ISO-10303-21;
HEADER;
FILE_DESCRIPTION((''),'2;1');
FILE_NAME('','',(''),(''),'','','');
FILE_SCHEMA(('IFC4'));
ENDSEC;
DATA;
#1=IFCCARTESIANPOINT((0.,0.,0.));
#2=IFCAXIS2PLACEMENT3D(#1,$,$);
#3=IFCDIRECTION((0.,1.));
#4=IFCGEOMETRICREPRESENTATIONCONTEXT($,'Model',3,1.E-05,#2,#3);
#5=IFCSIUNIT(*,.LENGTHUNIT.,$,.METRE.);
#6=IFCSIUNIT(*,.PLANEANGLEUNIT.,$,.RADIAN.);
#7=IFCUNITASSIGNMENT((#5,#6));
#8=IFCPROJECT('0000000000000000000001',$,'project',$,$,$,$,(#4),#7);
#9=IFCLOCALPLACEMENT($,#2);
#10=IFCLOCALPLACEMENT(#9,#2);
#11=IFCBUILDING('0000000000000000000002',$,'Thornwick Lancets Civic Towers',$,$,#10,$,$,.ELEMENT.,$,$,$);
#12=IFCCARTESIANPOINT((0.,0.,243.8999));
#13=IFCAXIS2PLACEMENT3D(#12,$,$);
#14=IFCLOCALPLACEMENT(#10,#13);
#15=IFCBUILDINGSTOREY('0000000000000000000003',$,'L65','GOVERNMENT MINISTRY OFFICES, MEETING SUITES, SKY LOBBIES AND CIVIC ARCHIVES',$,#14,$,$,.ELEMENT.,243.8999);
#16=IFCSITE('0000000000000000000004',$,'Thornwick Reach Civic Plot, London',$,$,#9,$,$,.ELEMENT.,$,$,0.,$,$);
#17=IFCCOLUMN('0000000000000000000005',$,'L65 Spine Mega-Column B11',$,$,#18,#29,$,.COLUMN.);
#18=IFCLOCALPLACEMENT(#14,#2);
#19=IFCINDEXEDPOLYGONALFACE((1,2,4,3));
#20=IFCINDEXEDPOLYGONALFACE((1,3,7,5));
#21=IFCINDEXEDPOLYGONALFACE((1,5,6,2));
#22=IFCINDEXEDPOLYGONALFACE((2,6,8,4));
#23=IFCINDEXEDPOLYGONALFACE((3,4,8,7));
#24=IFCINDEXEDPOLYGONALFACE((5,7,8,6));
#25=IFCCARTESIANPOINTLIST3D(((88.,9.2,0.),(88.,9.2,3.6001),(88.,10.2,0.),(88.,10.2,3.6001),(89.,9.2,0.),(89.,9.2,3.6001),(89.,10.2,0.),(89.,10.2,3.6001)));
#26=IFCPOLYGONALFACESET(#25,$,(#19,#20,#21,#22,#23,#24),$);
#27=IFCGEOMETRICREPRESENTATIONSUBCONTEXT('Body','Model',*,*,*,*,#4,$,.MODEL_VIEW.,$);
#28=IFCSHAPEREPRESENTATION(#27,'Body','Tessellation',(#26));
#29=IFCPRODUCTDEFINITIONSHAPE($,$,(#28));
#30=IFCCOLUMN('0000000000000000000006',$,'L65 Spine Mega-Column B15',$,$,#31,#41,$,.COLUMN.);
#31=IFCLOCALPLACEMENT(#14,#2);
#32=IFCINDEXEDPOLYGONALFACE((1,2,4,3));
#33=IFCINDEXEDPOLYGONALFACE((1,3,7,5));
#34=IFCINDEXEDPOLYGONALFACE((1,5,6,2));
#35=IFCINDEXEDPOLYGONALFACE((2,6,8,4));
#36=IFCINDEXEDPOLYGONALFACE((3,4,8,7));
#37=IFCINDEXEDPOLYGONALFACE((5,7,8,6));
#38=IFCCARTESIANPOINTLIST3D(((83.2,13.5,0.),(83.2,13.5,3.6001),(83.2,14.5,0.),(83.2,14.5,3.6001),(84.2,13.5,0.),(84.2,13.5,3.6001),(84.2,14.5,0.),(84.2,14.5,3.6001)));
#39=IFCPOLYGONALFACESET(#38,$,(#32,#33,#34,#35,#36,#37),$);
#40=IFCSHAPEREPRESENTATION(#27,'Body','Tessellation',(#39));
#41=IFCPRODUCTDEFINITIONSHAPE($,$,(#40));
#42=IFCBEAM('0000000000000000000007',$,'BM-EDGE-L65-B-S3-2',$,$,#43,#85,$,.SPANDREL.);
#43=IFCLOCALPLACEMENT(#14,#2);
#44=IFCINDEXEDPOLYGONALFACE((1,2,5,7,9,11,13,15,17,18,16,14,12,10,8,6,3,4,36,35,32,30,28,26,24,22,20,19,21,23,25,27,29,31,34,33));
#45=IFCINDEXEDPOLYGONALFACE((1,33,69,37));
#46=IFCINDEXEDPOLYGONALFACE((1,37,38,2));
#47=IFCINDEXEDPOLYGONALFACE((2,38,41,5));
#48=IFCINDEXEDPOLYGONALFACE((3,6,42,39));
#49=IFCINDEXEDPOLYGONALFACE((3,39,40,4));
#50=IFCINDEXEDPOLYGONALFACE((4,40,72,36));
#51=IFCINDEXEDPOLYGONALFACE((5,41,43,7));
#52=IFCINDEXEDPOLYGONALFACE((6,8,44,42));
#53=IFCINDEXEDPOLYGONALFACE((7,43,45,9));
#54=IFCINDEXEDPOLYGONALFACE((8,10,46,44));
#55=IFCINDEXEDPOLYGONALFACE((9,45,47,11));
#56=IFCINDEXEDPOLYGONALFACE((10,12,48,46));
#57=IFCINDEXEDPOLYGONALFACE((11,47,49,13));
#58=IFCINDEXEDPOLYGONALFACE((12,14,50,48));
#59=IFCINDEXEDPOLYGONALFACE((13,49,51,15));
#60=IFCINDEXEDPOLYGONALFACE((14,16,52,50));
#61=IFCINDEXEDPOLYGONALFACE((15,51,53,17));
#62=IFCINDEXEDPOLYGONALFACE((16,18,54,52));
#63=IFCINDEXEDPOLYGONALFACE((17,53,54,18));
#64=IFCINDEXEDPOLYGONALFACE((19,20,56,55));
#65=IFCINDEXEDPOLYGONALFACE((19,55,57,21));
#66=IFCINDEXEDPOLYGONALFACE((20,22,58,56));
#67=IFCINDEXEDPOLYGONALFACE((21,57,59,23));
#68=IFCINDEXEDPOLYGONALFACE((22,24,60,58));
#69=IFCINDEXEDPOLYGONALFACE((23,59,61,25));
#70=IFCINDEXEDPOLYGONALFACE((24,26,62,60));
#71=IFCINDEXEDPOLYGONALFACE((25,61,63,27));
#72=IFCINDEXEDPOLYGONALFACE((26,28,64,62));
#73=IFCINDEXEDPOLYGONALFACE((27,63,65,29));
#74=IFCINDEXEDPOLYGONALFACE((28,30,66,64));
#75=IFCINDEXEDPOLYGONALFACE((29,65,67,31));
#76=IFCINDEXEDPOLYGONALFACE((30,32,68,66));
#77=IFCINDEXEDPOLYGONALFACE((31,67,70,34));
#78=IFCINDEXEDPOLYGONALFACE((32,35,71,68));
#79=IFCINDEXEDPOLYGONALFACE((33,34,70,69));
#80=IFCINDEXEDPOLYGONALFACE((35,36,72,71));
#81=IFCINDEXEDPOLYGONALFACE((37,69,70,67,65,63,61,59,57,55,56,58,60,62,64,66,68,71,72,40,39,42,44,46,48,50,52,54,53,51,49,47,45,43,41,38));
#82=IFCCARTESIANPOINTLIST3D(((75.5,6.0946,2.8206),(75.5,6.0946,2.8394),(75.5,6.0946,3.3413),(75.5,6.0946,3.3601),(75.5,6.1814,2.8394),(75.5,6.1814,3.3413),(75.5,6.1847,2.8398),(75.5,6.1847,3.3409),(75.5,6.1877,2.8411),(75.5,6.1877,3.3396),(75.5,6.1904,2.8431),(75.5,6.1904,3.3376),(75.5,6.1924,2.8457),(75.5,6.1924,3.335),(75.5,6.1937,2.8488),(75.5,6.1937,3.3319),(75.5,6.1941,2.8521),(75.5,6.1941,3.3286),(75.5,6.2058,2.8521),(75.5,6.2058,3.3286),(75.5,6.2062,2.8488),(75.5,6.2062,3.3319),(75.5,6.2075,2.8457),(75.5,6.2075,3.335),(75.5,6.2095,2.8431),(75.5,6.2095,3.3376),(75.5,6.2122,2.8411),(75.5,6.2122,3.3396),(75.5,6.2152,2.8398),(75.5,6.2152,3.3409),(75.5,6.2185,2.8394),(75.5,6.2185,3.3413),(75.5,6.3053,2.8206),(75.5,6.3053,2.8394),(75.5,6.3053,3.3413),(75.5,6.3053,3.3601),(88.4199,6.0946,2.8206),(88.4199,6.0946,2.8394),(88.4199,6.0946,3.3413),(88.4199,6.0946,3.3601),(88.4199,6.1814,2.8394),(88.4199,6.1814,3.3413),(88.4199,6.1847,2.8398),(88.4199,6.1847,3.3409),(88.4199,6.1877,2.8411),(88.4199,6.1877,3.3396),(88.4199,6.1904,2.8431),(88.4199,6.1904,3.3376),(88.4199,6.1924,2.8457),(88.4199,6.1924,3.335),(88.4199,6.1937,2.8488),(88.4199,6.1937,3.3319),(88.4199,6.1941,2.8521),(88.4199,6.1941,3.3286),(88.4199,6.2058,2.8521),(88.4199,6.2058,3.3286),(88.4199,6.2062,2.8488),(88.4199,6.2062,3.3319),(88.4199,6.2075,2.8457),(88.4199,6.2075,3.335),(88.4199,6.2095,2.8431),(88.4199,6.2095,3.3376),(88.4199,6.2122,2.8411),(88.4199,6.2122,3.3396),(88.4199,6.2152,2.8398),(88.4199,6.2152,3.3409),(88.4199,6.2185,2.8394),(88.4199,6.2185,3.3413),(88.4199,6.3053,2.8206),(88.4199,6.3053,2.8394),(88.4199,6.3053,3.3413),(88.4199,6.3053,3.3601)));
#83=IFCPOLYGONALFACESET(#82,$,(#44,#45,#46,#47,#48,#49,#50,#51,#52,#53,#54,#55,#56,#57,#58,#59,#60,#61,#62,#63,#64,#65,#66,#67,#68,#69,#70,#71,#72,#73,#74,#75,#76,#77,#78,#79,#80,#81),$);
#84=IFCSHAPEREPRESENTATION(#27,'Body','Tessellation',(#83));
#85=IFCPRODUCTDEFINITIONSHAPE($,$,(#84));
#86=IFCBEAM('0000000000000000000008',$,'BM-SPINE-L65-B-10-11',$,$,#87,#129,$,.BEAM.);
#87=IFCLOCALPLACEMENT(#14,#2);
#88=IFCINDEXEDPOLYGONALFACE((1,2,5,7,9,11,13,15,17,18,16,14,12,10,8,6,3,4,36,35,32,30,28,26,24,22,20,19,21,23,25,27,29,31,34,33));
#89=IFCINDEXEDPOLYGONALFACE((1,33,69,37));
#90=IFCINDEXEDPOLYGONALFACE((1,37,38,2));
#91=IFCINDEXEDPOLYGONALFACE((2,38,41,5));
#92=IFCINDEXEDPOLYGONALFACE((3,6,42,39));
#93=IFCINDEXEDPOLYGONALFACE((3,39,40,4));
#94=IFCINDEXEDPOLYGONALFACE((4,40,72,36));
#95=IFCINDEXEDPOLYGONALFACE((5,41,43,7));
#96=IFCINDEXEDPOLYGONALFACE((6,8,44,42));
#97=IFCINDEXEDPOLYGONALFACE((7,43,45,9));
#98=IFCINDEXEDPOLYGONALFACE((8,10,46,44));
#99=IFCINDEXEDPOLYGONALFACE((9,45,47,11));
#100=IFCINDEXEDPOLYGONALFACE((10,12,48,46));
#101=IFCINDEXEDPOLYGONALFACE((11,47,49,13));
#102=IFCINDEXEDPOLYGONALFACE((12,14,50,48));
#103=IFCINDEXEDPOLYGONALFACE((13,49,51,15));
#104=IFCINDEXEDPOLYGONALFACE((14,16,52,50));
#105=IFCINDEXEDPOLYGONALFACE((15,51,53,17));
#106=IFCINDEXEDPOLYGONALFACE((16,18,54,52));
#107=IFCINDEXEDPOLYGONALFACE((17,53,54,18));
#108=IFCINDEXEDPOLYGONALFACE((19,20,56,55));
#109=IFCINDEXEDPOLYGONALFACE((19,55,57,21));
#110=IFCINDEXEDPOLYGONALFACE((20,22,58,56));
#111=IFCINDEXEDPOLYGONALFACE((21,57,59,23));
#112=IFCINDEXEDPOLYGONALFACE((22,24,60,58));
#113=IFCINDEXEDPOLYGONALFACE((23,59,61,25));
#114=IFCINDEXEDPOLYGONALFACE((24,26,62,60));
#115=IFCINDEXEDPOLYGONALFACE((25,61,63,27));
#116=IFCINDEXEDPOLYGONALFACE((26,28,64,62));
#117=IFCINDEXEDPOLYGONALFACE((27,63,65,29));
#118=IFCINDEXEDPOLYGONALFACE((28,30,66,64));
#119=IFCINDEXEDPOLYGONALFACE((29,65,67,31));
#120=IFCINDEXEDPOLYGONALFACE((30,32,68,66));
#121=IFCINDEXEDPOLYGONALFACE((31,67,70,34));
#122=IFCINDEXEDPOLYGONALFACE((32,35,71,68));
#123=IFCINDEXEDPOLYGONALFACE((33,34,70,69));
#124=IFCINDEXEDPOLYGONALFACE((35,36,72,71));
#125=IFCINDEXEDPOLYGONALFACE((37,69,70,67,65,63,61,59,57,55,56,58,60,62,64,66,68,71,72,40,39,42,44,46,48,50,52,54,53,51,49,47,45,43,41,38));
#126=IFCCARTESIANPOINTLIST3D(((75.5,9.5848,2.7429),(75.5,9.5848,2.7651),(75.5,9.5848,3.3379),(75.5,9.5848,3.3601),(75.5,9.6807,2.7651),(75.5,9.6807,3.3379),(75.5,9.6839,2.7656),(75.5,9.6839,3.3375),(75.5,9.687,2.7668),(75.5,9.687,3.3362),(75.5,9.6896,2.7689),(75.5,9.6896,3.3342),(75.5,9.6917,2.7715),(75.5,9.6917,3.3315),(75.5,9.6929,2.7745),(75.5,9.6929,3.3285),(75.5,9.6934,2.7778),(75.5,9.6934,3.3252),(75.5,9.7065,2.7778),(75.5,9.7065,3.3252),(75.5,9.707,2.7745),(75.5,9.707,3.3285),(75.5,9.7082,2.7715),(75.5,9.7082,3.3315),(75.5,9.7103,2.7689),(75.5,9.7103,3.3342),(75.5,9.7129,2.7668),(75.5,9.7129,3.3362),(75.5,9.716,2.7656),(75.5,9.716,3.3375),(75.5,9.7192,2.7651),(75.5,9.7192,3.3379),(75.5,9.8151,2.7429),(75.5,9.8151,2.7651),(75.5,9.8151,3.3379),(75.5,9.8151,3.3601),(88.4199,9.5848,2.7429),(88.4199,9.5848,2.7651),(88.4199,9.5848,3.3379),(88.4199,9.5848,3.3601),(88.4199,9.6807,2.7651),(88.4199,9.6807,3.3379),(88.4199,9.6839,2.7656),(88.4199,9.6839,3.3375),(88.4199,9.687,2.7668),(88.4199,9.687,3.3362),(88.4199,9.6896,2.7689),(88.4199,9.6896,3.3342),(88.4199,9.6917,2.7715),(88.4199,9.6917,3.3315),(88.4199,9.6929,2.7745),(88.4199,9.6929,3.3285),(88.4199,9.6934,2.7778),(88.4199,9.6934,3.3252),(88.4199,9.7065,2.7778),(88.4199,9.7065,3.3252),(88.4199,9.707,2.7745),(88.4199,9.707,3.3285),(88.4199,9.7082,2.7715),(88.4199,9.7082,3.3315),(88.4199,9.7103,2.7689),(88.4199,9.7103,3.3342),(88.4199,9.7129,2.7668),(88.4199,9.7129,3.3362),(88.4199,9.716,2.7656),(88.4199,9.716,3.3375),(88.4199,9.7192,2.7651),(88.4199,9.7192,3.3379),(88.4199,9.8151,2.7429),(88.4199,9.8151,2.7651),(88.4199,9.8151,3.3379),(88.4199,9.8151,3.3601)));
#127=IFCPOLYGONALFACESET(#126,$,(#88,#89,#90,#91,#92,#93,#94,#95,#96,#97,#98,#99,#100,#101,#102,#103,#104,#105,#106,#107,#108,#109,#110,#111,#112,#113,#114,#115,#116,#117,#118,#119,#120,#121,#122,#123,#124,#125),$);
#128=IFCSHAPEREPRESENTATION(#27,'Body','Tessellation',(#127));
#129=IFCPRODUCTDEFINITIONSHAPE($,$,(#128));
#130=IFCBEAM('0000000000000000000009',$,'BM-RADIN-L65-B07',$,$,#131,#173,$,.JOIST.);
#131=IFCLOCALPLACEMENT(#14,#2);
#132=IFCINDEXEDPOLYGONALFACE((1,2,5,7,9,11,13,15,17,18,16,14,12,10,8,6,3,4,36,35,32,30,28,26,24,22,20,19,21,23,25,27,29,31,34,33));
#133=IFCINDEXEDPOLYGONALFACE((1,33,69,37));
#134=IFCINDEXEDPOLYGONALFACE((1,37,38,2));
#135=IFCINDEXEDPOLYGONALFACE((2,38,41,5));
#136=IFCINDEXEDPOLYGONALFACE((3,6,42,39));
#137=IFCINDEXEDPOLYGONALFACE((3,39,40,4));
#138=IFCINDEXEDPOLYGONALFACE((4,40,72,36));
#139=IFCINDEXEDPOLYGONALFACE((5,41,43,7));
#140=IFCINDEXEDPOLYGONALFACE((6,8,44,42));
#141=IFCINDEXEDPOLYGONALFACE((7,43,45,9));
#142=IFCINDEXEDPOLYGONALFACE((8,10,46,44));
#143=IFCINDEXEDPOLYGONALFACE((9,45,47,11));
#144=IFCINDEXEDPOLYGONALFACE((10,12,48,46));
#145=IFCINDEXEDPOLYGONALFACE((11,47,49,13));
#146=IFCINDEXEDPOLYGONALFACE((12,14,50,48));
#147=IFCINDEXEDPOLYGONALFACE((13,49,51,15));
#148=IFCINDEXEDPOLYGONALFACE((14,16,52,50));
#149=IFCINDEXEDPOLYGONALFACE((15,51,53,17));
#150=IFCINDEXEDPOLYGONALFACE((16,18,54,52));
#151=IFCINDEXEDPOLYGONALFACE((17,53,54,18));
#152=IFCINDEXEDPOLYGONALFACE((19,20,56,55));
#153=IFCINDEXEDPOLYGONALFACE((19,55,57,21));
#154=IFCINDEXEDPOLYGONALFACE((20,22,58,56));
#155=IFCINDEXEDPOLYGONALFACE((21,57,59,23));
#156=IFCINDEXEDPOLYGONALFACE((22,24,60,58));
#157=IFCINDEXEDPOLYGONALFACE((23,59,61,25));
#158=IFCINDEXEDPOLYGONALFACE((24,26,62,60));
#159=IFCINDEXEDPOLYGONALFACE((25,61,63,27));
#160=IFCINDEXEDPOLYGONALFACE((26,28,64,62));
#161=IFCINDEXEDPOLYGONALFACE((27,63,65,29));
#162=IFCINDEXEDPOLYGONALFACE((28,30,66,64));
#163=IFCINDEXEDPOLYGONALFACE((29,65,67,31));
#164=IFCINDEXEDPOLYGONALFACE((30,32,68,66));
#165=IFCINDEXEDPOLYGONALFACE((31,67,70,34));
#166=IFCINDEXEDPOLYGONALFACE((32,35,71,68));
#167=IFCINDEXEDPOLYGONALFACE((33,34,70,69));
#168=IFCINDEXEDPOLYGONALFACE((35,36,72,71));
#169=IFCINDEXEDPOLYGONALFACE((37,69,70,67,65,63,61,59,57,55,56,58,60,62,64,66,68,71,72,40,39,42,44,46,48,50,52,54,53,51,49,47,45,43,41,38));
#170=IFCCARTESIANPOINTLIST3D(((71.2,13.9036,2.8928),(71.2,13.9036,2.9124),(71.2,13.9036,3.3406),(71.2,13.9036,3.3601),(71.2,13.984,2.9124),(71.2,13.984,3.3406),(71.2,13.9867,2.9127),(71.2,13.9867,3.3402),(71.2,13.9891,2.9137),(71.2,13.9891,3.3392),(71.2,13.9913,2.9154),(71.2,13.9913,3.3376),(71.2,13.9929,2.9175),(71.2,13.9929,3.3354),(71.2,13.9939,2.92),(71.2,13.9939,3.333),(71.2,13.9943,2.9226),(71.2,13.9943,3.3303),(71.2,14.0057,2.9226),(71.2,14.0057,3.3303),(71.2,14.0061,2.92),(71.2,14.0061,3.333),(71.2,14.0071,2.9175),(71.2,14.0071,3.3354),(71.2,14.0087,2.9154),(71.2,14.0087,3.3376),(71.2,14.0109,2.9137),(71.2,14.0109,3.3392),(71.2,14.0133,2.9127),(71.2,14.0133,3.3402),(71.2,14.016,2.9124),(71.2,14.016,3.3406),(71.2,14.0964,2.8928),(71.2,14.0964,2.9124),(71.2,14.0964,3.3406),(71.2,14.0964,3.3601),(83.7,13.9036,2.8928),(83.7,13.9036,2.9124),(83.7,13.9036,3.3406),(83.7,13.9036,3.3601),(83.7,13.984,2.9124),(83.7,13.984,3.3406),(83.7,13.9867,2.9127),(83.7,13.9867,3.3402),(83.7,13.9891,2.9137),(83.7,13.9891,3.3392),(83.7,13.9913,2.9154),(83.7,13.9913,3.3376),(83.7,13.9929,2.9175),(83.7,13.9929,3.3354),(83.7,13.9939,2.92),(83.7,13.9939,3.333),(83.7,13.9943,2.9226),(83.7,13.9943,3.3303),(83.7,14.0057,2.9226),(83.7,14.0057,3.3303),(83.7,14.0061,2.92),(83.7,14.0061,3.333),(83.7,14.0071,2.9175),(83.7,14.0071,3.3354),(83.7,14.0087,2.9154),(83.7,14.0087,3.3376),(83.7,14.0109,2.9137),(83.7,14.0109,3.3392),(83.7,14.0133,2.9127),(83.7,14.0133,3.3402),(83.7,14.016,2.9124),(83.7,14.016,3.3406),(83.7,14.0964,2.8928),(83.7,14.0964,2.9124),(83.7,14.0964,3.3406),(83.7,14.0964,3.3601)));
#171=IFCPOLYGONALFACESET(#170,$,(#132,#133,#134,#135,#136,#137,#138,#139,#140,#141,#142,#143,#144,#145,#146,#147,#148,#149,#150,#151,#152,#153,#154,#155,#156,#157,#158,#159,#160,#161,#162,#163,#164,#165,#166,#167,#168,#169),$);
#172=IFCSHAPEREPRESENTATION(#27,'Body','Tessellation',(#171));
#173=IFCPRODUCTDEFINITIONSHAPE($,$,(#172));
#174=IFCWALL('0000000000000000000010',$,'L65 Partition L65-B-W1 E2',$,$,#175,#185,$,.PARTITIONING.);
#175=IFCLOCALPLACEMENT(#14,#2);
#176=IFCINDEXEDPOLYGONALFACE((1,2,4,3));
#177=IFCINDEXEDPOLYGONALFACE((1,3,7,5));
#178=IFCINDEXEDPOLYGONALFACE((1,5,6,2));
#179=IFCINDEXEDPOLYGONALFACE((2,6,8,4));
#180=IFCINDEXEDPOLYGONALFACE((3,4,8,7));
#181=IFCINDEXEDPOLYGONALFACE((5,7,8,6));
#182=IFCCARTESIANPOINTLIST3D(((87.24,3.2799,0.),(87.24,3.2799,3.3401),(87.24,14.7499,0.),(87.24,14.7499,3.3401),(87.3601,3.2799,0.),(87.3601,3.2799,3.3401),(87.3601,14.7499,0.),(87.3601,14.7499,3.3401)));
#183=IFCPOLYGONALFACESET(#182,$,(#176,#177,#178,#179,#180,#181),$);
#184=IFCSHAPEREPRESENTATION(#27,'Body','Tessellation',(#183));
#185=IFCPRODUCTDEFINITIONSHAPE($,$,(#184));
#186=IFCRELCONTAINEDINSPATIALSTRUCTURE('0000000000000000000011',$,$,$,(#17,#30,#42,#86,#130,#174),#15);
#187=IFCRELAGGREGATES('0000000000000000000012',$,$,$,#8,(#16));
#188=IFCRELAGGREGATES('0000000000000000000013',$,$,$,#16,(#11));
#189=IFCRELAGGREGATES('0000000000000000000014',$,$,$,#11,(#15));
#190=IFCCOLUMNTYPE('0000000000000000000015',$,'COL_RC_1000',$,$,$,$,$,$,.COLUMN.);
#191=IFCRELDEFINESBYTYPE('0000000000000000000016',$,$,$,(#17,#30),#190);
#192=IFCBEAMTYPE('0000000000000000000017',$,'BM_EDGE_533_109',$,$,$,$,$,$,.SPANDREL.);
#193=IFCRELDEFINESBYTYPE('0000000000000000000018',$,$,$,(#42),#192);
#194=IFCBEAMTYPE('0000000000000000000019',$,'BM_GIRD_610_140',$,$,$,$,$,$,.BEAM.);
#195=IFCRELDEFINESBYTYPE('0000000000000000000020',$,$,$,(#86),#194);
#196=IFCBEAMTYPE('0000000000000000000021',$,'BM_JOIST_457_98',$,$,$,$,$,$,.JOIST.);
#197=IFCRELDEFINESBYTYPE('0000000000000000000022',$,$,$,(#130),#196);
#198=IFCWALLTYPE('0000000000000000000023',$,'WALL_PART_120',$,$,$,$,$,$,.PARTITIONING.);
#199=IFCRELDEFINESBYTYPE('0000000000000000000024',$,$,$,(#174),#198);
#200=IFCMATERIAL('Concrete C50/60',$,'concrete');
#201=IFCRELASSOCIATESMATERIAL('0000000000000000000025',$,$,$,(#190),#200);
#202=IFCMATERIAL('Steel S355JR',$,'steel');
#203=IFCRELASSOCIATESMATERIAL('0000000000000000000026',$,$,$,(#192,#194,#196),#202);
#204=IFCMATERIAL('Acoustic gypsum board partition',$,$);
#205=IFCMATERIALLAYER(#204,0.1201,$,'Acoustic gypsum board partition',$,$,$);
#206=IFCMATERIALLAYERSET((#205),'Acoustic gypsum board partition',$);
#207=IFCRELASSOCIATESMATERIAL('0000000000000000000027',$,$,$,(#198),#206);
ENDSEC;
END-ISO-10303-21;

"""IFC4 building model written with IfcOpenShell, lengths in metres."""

from ifc_helpers import new_model, si_unit, direction, frame, frame_2d, origin, origin_2d, place, context, subcontext, project, spatial, rectangle, i_section, extrude, material, layer, layer_set, material_profile, profile_set, type_object, element, save


model = new_model("IFC4")

# Units and contexts
model_context = context("Model", 3, precision=1e-05, world=origin(), true_north=direction((0.0, 1.0)))
body_context = subcontext(model_context, "Body", "Model", "MODEL_VIEW")
ifc_project = project(units=[si_unit("LENGTHUNIT", "METRE"), si_unit("PLANEANGLEUNIT", "RADIAN")], contexts=[model_context])

# Site, building, storey
site_placement = place(None, origin())
site = spatial("IfcSite", under=ifc_project, at=site_placement, Name="Thornwick Reach Civic Plot, London", CompositionType="ELEMENT", RefElevation=0.0)
building_placement = place(site_placement, origin())
building = spatial("IfcBuilding", under=site, at=building_placement, Name="Thornwick Lancets Civic Towers", CompositionType="ELEMENT")
storey_placement = place(building_placement, frame((0.0, 0.0, 243.8999)))
storey = spatial("IfcBuildingStorey", under=building, at=storey_placement, Name="L65", Description="GOVERNMENT MINISTRY OFFICES, MEETING SUITES, SKY LOBBIES AND CIVIC ARCHIVES", CompositionType="ELEMENT", Elevation=243.8999)

# Columns
ifc_material_1 = material(Name="Concrete C50/60", Category="concrete")
ifc_material_profile_1 = material_profile(ifc_material_1, rectangle(XDim=1.0, YDim=1.0, at=origin_2d()), Name="RC 1000x1000")
ifc_profile_set_1 = profile_set([ifc_material_profile_1], Name="Concrete C50/60")
column_type = type_object("IfcColumnType", Name="COL_RC_1000", PredefinedType="COLUMN", material=ifc_profile_set_1)
for number, where, z_axis, x_axis, name in (
    (1, (88.5, 9.7, 0.0), (0.0, 0.0, 1.0), (1.0, 0.0, 0.0), "L65 Spine Mega-Column B11"),
    (2, (83.7, 14.0, 0.0), (0.0, 0.0, 1.0), (1.0, 0.0, 0.0), "L65 Spine Mega-Column B15"),
):
    element("IfcColumn", number, at=place(storey_placement, frame(where, z_axis=z_axis, x_axis=x_axis)), inside=storey, type_object=column_type, Name=name, PredefinedType="COLUMN", context=body_context, shape_type="SweptSolid", body=[
        extrude(rectangle(XDim=1.0, YDim=1.0, at=origin_2d()), origin(), (0.0, 0.0, 1.0), 3.6001),
    ])

# Beams
ifc_material_2 = material(Name="Steel S355JR", Category="steel")
ifc_material_profile_2 = material_profile(ifc_material_2, i_section(OverallWidth=0.2107, OverallDepth=0.5396, WebThickness=0.0117, FlangeThickness=0.0188, FilletRadius=0.0127, at=origin_2d()), Name="UKB 533x210x109")
ifc_profile_set_2 = profile_set([ifc_material_profile_2], Name="Steel S355JR")
beam_type_1 = type_object("IfcBeamType", Name="BM_EDGE_533_109", PredefinedType="SPANDREL", material=ifc_profile_set_2)
beam_1_placement = place(storey_placement, frame((88.4199, 6.2, 3.0903), z_axis=(-1.0, 0.0, 0.0), x_axis=(0.0, -1.0, 0.0)))
element("IfcBeam", 3, at=beam_1_placement, inside=storey, type_object=beam_type_1, Name="BM-EDGE-L65-B-S3-2", PredefinedType="SPANDREL", context=body_context, shape_type="SweptSolid", body=[
    extrude(i_section(OverallWidth=0.2107, OverallDepth=0.5396, WebThickness=0.0117, FlangeThickness=0.0188, FilletRadius=0.0127, at=origin_2d()), origin(), (0.0, 0.0, 1.0), 12.9199),
])
ifc_material_profile_3 = material_profile(ifc_material_2, i_section(OverallWidth=0.2302, OverallDepth=0.6172, WebThickness=0.0132, FlangeThickness=0.0222, FilletRadius=0.0127, at=origin_2d()), Name="UKB 610x229x140")
ifc_profile_set_3 = profile_set([ifc_material_profile_3], Name="Steel S355JR")
beam_type_2 = type_object("IfcBeamType", Name="BM_GIRD_610_140", PredefinedType="BEAM", material=ifc_profile_set_3)
beam_2_placement = place(storey_placement, frame((88.4199, 9.7, 3.0515), z_axis=(-1.0, 0.0, 0.0), x_axis=(0.0, -1.0, 0.0)))
element("IfcBeam", 4, at=beam_2_placement, inside=storey, type_object=beam_type_2, Name="BM-SPINE-L65-B-10-11", PredefinedType="BEAM", context=body_context, shape_type="SweptSolid", body=[
    extrude(i_section(OverallWidth=0.2302, OverallDepth=0.6172, WebThickness=0.0132, FlangeThickness=0.0222, FilletRadius=0.0127, at=origin_2d()), origin(), (0.0, 0.0, 1.0), 12.9199),
])
ifc_material_profile_4 = material_profile(ifc_material_2, i_section(OverallWidth=0.1929, OverallDepth=0.4673, WebThickness=0.0115, FlangeThickness=0.0195, FilletRadius=0.0103, at=origin_2d()), Name="UKB 457x191x98")
ifc_profile_set_4 = profile_set([ifc_material_profile_4], Name="Steel S355JR")
beam_type_3 = type_object("IfcBeamType", Name="BM_JOIST_457_98", PredefinedType="JOIST", material=ifc_profile_set_4)
beam_3_placement = place(storey_placement, frame((83.7, 14.0, 3.1265), z_axis=(-1.0, 0.0, 0.0), x_axis=(0.0, -1.0, 0.0)))
element("IfcBeam", 5, at=beam_3_placement, inside=storey, type_object=beam_type_3, Name="BM-RADIN-L65-B07", PredefinedType="JOIST", context=body_context, shape_type="SweptSolid", body=[
    extrude(i_section(OverallWidth=0.1929, OverallDepth=0.4673, WebThickness=0.0115, FlangeThickness=0.0195, FilletRadius=0.0103, at=origin_2d()), origin(), (0.0, 0.0, 1.0), 12.5),
])

# Wall
ifc_material_3 = material(Name="Acoustic gypsum board partition")
ifc_layer_1 = layer(ifc_material_3, 0.1201, Name="Acoustic gypsum board partition")
ifc_layer_set_1 = layer_set([ifc_layer_1], Name="Acoustic gypsum board partition")
wall_type_1 = type_object("IfcWallType", Name="WALL_PART_120", PredefinedType="PARTITIONING", material=ifc_layer_set_1)
wall_1_placement = place(storey_placement, frame((87.3, 3.28, 0.0), z_axis=(0.0, 0.0, 1.0), x_axis=(0.0, 1.0, 0.0)))
element("IfcWall", 6, at=wall_1_placement, inside=storey, type_object=wall_type_1, Name="L65 Partition L65-B-W1 E2", PredefinedType="PARTITIONING", context=body_context, shape_type="SweptSolid", body=[
    extrude(rectangle(XDim=11.47, YDim=0.1201, at=frame_2d((5.7349, 0.0))), origin(), (0.0, 0.0, 1.0), 3.3401),
])

save(model, "model.ifc")
